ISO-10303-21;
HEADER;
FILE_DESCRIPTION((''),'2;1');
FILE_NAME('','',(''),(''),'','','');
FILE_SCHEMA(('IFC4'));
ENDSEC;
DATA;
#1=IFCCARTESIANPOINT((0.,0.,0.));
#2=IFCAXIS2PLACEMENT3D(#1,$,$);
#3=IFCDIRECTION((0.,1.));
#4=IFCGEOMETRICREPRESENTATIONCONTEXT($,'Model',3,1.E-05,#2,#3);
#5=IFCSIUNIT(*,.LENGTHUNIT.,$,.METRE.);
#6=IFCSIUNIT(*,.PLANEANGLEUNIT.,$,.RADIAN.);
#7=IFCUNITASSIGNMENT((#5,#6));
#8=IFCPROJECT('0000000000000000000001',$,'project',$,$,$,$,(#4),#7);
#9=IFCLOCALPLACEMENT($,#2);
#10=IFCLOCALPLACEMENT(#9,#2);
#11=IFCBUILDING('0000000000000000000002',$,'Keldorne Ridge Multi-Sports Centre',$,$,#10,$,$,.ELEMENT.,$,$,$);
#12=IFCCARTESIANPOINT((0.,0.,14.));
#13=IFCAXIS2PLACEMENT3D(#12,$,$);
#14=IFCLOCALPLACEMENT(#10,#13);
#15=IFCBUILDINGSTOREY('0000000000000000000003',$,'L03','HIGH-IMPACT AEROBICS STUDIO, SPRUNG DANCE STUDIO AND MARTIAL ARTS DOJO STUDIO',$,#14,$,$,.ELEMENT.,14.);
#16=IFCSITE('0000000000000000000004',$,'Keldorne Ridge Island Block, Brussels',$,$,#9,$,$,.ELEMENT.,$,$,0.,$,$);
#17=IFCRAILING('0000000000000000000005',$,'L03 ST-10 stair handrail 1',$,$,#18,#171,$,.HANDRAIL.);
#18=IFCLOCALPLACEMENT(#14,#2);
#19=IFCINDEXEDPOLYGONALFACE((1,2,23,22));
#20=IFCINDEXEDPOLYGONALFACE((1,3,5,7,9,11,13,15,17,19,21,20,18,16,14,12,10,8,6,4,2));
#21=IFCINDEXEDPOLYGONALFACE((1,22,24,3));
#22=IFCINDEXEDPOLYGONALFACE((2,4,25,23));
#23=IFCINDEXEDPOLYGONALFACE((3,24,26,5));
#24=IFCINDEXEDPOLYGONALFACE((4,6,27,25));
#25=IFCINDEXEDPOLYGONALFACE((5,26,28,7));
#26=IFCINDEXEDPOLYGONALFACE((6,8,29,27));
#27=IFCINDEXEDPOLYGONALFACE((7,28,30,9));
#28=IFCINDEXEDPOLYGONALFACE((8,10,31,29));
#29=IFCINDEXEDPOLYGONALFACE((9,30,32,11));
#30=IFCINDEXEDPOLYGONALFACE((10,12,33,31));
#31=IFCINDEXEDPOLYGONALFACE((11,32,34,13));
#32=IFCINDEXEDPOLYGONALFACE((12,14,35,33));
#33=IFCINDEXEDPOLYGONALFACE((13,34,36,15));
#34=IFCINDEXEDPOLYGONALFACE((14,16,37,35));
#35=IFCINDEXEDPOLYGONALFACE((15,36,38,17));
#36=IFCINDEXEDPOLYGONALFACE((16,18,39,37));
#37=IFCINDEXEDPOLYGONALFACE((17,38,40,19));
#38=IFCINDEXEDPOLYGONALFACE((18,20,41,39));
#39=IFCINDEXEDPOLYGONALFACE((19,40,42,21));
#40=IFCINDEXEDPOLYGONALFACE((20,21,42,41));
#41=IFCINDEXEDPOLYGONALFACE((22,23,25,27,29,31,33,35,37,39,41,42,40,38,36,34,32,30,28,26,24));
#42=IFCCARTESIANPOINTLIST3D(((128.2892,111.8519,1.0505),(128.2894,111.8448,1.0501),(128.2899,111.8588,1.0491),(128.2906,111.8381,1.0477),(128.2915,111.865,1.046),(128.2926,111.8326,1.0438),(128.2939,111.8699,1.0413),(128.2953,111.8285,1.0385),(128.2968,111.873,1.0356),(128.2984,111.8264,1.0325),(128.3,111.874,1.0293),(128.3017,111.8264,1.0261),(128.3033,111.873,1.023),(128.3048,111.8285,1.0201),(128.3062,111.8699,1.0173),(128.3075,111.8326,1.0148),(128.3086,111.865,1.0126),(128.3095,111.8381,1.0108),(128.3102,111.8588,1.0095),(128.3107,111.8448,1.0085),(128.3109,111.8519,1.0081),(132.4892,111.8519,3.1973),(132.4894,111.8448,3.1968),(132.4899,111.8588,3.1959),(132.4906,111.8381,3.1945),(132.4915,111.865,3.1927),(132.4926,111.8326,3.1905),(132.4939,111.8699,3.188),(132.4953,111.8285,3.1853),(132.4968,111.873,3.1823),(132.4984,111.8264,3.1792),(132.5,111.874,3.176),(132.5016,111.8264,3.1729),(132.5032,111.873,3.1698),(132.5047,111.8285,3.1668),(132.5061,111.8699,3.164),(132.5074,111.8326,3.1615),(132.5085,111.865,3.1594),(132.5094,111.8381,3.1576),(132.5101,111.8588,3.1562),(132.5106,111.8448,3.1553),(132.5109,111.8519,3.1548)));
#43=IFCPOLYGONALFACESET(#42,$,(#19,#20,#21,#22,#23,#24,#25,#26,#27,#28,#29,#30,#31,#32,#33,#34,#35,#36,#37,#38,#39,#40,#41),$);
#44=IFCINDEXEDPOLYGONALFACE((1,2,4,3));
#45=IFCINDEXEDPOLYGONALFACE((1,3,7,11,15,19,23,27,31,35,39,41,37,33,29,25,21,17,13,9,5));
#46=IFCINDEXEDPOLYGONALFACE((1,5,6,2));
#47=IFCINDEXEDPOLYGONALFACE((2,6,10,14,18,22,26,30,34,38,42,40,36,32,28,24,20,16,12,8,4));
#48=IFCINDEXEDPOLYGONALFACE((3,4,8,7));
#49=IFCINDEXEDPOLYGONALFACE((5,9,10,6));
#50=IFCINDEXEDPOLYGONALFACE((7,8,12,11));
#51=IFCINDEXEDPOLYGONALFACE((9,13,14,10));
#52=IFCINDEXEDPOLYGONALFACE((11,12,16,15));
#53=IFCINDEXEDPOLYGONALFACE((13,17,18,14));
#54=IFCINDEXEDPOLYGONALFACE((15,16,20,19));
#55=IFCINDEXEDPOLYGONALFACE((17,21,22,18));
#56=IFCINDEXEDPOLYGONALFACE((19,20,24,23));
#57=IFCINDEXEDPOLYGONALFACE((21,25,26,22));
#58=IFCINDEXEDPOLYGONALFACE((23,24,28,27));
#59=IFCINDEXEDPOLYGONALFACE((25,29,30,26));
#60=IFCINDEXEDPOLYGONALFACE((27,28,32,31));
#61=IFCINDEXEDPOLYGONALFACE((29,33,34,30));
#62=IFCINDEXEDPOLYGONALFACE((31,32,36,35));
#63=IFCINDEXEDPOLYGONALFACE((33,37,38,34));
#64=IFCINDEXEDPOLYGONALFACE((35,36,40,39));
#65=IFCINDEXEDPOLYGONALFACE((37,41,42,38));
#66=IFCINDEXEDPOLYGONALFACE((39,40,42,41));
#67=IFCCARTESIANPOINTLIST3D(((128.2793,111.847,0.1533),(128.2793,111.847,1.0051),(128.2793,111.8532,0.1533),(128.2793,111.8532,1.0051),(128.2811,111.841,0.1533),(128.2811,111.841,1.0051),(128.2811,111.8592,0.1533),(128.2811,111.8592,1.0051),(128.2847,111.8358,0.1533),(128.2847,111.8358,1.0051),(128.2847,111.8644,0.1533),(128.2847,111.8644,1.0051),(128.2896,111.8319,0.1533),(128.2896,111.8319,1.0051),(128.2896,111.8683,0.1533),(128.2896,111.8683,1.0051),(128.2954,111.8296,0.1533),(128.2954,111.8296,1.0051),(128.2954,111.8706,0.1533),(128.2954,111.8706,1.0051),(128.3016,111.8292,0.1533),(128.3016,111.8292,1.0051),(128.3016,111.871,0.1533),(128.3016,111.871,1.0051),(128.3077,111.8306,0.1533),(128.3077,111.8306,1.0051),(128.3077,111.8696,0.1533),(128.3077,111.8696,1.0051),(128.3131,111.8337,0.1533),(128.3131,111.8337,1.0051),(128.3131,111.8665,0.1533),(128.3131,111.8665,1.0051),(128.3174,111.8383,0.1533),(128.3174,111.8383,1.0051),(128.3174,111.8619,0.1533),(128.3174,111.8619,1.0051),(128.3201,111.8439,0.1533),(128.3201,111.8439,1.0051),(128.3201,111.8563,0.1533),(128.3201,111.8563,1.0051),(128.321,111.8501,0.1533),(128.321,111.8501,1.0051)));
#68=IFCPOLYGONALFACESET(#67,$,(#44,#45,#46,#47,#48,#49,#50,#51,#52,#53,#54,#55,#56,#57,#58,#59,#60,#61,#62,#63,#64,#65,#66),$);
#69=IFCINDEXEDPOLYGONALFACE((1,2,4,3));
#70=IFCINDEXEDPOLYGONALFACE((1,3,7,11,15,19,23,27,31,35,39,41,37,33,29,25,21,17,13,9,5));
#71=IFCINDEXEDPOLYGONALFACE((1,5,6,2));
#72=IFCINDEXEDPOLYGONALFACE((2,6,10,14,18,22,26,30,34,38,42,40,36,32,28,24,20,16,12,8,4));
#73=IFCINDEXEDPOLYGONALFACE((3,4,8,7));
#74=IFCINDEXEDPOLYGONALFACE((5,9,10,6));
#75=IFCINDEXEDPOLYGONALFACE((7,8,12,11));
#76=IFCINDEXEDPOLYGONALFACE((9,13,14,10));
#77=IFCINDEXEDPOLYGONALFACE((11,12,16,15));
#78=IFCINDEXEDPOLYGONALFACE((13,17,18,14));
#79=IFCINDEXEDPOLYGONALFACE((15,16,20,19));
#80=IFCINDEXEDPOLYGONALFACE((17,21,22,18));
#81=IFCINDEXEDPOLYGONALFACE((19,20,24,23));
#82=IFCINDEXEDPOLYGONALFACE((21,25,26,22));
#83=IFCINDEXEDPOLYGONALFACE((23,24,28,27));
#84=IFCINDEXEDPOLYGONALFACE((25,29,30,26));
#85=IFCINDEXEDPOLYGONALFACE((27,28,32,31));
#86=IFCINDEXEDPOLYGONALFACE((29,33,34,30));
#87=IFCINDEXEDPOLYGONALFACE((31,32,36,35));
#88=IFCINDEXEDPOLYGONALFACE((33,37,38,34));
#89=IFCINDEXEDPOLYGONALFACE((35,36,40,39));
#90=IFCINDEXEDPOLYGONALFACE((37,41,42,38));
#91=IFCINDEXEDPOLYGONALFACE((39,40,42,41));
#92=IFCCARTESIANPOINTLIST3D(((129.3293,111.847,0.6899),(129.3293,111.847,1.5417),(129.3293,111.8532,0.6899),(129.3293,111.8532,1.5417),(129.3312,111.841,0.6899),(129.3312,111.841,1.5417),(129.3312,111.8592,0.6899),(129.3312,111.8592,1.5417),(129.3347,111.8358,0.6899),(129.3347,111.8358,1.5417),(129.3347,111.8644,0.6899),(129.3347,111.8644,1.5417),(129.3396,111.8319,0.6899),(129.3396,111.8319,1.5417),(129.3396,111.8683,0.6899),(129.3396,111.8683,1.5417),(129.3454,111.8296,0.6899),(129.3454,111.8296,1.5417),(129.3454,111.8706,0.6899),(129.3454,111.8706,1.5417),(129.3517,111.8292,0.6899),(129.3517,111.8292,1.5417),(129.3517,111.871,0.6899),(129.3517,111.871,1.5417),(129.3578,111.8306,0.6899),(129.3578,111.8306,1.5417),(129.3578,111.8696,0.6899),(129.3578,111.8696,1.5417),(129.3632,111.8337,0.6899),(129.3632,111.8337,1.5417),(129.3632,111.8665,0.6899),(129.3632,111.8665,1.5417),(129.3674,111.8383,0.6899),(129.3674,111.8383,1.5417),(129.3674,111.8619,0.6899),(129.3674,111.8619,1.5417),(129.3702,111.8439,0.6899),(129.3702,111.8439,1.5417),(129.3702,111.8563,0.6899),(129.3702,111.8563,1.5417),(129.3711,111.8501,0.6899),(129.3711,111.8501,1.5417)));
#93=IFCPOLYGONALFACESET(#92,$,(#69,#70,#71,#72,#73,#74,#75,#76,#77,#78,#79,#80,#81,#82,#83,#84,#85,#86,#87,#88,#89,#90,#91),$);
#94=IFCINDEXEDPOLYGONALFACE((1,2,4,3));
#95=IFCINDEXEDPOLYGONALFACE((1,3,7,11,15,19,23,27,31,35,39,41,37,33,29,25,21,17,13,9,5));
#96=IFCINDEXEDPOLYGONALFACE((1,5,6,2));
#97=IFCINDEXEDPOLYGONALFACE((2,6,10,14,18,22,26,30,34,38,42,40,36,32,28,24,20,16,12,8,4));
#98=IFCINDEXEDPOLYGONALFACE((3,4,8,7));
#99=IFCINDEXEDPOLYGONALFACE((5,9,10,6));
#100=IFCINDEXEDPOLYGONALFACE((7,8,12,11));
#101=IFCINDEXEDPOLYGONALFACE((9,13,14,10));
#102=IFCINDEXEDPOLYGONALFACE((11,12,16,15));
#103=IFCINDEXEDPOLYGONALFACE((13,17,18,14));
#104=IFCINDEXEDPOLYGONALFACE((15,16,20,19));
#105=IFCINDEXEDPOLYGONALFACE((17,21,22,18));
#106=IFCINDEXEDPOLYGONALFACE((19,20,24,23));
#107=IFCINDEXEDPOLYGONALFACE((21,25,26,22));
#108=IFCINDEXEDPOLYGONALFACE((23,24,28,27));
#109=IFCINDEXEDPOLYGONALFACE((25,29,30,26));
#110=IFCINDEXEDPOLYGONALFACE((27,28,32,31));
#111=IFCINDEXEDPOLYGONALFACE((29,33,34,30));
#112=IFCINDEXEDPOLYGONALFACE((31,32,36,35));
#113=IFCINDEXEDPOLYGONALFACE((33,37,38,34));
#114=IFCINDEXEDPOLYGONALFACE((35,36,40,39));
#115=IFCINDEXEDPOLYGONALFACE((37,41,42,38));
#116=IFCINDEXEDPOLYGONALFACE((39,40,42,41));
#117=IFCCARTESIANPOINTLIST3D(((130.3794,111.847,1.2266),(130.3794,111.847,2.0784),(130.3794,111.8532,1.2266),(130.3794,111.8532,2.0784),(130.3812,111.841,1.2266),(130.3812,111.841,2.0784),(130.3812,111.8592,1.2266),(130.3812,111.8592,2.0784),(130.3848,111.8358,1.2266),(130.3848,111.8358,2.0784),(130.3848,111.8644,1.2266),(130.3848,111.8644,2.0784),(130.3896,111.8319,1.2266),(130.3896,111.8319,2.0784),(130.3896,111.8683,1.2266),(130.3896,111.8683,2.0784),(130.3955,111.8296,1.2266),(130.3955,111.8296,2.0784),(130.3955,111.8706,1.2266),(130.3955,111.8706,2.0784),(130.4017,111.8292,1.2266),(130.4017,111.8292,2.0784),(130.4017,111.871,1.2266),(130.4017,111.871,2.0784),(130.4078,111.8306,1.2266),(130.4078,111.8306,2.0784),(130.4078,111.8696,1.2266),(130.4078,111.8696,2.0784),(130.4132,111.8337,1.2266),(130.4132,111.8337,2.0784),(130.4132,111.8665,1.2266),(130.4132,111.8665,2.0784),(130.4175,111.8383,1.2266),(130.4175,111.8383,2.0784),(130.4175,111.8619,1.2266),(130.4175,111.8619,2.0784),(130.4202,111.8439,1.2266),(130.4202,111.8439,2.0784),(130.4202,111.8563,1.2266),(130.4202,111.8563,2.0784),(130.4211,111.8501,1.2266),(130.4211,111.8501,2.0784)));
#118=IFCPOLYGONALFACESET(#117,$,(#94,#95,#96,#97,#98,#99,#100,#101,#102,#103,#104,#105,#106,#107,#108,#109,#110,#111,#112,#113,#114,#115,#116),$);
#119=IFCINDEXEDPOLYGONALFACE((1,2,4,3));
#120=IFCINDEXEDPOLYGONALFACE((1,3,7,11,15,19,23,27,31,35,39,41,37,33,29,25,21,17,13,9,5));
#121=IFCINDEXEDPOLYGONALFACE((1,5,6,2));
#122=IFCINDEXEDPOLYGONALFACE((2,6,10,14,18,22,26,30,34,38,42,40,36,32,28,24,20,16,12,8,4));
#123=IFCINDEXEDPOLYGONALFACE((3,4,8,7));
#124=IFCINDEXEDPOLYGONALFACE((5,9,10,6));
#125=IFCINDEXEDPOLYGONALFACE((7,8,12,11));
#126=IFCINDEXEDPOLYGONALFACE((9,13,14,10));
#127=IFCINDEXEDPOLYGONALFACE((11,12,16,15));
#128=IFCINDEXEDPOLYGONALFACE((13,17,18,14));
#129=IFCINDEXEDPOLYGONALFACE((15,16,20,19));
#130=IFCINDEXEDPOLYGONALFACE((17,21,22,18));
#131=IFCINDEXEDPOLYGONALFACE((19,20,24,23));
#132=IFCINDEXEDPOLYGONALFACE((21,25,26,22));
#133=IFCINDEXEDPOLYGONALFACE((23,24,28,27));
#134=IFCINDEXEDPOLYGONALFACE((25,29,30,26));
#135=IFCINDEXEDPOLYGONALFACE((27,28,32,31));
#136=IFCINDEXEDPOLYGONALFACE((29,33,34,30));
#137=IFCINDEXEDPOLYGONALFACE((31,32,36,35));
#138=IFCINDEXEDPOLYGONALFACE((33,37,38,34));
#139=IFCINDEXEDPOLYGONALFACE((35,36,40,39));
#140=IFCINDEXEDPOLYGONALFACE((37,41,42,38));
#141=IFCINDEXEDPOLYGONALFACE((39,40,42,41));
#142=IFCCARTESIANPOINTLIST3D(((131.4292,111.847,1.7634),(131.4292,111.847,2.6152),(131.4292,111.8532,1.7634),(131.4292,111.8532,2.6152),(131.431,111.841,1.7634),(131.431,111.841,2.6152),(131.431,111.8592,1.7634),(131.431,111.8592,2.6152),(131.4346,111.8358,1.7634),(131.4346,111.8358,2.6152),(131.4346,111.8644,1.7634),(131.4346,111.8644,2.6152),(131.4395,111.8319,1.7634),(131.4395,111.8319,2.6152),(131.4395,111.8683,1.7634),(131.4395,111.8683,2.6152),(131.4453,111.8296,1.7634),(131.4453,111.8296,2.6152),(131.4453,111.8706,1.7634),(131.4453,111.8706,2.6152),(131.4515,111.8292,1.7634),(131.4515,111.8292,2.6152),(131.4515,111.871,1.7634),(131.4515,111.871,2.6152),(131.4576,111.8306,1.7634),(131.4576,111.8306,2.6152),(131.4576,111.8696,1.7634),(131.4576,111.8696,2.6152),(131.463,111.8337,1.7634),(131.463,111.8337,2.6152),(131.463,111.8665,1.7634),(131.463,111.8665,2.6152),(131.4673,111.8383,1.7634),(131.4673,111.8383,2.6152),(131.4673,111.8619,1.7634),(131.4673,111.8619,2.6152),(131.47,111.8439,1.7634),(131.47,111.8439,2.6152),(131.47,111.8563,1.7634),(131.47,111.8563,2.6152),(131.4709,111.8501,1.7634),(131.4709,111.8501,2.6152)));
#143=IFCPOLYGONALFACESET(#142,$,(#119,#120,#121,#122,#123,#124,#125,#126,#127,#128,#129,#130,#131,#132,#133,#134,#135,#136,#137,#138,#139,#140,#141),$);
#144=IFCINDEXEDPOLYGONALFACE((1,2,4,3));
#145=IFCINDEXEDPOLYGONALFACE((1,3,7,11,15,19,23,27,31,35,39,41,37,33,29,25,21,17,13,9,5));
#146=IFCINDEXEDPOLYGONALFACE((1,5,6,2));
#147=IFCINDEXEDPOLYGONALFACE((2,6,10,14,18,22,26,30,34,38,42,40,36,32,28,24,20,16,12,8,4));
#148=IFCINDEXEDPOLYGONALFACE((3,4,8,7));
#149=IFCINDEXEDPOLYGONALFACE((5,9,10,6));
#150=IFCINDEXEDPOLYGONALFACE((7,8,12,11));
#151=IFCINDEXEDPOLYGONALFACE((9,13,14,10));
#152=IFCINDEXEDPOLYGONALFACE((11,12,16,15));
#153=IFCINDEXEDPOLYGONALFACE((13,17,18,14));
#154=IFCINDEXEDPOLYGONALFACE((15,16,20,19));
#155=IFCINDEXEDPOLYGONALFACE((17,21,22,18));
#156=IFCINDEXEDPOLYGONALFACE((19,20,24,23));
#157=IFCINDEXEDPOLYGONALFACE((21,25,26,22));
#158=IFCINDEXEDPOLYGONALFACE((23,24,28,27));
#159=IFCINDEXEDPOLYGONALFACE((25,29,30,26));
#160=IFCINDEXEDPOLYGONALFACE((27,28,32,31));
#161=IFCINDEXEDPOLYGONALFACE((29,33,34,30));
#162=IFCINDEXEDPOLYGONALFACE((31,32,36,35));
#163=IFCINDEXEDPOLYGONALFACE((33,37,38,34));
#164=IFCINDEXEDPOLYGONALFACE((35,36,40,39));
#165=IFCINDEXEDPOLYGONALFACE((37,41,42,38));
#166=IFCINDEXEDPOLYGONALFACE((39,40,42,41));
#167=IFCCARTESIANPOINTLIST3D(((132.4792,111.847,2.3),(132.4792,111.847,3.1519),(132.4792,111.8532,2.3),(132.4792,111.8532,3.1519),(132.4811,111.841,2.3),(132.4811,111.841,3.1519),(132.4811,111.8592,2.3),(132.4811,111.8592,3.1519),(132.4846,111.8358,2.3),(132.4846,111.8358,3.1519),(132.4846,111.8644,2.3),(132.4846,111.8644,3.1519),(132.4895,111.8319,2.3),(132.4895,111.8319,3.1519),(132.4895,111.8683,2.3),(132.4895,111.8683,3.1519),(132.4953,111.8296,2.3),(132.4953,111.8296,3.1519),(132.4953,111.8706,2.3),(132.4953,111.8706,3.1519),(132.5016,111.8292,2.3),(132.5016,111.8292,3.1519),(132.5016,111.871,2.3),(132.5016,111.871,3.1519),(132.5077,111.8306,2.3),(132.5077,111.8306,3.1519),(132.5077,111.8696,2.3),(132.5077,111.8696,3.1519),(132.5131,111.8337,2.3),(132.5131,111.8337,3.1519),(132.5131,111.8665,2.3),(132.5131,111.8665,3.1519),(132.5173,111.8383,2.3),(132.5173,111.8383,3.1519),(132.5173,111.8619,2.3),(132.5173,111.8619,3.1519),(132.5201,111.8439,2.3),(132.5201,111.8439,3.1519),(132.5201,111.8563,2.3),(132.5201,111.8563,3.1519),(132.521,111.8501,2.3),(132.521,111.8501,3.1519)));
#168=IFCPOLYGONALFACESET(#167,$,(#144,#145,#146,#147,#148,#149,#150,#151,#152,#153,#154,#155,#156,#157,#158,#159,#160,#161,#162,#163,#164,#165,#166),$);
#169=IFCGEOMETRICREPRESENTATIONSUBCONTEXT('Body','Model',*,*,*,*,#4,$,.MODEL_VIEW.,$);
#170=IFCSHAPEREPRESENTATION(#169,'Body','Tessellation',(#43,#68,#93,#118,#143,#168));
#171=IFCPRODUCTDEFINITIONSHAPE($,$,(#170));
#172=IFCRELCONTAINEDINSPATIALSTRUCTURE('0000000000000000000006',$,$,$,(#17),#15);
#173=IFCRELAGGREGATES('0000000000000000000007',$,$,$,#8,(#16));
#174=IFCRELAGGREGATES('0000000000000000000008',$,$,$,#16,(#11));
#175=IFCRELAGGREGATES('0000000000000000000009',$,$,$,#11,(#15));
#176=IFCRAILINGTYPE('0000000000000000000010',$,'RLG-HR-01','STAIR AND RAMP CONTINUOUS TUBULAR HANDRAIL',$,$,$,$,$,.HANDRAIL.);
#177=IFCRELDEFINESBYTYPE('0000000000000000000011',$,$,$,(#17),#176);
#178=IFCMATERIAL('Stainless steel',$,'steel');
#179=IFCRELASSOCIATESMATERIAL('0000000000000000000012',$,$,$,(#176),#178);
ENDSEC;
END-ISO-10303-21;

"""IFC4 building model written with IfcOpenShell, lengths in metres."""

from ifc_helpers import new_model, si_unit, direction, frame, origin, origin_2d, place, context, subcontext, project, spatial, circle, extrude, material, type_object, element, save


model = new_model("IFC4")

# Units and contexts
model_context = context("Model", 3, precision=1e-05, world=origin(), true_north=direction((0.0, 1.0)))
body_context = subcontext(model_context, "Body", "Model", "MODEL_VIEW")
ifc_project = project(units=[si_unit("LENGTHUNIT", "METRE"), si_unit("PLANEANGLEUNIT", "RADIAN")], contexts=[model_context])

# Site, building, storey
site_placement = place(None, origin())
site = spatial("IfcSite", under=ifc_project, at=site_placement, Name="Keldorne Ridge Island Block, Brussels", CompositionType="ELEMENT", RefElevation=0.0)
building_placement = place(site_placement, origin())
building = spatial("IfcBuilding", under=site, at=building_placement, Name="Keldorne Ridge Multi-Sports Centre", CompositionType="ELEMENT")
storey_placement = place(building_placement, frame((0.0, 0.0, 14.0)))
storey = spatial("IfcBuildingStorey", under=building, at=storey_placement, Name="L03", Description="HIGH-IMPACT AEROBICS STUDIO, SPRUNG DANCE STUDIO AND MARTIAL ARTS DOJO STUDIO", CompositionType="ELEMENT", Elevation=14.0)

# Railing
ifc_material_1 = material(Name="Stainless steel", Category="steel")
railing_type_1 = type_object("IfcRailingType", Name="RLG-HR-01", Description="STAIR AND RAMP CONTINUOUS TUBULAR HANDRAIL", PredefinedType="HANDRAIL", material=ifc_material_1)
railing_1_placement = place(storey_placement, frame((128.3, 111.8501, 0.1533)))
element("IfcRailing", 1, at=railing_1_placement, inside=storey, type_object=railing_type_1, Name="L03 ST-10 stair handrail 1", PredefinedType="HANDRAIL", context=body_context, shape_type="SweptSolid", body=[
    extrude(circle(Radius=0.0239, at=origin_2d()), frame((0.0, 0.0, 0.876), z_axis=(0.890427, 0.0, 0.455126), x_axis=(0.0, 1.0, 0.0)), (0.0, 0.0, 1.0), 4.7168),
    extrude(circle(Radius=0.021, at=origin_2d()), origin(), (0.0, 0.0, 1.0), 0.8518),
    extrude(circle(Radius=0.021, at=origin_2d()), frame((1.05, 0.0, 0.5366)), (0.0, 0.0, 1.0), 0.8518),
    extrude(circle(Radius=0.021, at=origin_2d()), frame((2.1001, 0.0, 1.0732)), (0.0, 0.0, 1.0), 0.8518),
    extrude(circle(Radius=0.021, at=origin_2d()), frame((3.1499, 0.0, 1.6101)), (0.0, 0.0, 1.0), 0.8518),
    extrude(circle(Radius=0.021, at=origin_2d()), frame((4.2, 0.0, 2.1467)), (0.0, 0.0, 1.0), 0.8518),
])

save(model, "model.ifc")
